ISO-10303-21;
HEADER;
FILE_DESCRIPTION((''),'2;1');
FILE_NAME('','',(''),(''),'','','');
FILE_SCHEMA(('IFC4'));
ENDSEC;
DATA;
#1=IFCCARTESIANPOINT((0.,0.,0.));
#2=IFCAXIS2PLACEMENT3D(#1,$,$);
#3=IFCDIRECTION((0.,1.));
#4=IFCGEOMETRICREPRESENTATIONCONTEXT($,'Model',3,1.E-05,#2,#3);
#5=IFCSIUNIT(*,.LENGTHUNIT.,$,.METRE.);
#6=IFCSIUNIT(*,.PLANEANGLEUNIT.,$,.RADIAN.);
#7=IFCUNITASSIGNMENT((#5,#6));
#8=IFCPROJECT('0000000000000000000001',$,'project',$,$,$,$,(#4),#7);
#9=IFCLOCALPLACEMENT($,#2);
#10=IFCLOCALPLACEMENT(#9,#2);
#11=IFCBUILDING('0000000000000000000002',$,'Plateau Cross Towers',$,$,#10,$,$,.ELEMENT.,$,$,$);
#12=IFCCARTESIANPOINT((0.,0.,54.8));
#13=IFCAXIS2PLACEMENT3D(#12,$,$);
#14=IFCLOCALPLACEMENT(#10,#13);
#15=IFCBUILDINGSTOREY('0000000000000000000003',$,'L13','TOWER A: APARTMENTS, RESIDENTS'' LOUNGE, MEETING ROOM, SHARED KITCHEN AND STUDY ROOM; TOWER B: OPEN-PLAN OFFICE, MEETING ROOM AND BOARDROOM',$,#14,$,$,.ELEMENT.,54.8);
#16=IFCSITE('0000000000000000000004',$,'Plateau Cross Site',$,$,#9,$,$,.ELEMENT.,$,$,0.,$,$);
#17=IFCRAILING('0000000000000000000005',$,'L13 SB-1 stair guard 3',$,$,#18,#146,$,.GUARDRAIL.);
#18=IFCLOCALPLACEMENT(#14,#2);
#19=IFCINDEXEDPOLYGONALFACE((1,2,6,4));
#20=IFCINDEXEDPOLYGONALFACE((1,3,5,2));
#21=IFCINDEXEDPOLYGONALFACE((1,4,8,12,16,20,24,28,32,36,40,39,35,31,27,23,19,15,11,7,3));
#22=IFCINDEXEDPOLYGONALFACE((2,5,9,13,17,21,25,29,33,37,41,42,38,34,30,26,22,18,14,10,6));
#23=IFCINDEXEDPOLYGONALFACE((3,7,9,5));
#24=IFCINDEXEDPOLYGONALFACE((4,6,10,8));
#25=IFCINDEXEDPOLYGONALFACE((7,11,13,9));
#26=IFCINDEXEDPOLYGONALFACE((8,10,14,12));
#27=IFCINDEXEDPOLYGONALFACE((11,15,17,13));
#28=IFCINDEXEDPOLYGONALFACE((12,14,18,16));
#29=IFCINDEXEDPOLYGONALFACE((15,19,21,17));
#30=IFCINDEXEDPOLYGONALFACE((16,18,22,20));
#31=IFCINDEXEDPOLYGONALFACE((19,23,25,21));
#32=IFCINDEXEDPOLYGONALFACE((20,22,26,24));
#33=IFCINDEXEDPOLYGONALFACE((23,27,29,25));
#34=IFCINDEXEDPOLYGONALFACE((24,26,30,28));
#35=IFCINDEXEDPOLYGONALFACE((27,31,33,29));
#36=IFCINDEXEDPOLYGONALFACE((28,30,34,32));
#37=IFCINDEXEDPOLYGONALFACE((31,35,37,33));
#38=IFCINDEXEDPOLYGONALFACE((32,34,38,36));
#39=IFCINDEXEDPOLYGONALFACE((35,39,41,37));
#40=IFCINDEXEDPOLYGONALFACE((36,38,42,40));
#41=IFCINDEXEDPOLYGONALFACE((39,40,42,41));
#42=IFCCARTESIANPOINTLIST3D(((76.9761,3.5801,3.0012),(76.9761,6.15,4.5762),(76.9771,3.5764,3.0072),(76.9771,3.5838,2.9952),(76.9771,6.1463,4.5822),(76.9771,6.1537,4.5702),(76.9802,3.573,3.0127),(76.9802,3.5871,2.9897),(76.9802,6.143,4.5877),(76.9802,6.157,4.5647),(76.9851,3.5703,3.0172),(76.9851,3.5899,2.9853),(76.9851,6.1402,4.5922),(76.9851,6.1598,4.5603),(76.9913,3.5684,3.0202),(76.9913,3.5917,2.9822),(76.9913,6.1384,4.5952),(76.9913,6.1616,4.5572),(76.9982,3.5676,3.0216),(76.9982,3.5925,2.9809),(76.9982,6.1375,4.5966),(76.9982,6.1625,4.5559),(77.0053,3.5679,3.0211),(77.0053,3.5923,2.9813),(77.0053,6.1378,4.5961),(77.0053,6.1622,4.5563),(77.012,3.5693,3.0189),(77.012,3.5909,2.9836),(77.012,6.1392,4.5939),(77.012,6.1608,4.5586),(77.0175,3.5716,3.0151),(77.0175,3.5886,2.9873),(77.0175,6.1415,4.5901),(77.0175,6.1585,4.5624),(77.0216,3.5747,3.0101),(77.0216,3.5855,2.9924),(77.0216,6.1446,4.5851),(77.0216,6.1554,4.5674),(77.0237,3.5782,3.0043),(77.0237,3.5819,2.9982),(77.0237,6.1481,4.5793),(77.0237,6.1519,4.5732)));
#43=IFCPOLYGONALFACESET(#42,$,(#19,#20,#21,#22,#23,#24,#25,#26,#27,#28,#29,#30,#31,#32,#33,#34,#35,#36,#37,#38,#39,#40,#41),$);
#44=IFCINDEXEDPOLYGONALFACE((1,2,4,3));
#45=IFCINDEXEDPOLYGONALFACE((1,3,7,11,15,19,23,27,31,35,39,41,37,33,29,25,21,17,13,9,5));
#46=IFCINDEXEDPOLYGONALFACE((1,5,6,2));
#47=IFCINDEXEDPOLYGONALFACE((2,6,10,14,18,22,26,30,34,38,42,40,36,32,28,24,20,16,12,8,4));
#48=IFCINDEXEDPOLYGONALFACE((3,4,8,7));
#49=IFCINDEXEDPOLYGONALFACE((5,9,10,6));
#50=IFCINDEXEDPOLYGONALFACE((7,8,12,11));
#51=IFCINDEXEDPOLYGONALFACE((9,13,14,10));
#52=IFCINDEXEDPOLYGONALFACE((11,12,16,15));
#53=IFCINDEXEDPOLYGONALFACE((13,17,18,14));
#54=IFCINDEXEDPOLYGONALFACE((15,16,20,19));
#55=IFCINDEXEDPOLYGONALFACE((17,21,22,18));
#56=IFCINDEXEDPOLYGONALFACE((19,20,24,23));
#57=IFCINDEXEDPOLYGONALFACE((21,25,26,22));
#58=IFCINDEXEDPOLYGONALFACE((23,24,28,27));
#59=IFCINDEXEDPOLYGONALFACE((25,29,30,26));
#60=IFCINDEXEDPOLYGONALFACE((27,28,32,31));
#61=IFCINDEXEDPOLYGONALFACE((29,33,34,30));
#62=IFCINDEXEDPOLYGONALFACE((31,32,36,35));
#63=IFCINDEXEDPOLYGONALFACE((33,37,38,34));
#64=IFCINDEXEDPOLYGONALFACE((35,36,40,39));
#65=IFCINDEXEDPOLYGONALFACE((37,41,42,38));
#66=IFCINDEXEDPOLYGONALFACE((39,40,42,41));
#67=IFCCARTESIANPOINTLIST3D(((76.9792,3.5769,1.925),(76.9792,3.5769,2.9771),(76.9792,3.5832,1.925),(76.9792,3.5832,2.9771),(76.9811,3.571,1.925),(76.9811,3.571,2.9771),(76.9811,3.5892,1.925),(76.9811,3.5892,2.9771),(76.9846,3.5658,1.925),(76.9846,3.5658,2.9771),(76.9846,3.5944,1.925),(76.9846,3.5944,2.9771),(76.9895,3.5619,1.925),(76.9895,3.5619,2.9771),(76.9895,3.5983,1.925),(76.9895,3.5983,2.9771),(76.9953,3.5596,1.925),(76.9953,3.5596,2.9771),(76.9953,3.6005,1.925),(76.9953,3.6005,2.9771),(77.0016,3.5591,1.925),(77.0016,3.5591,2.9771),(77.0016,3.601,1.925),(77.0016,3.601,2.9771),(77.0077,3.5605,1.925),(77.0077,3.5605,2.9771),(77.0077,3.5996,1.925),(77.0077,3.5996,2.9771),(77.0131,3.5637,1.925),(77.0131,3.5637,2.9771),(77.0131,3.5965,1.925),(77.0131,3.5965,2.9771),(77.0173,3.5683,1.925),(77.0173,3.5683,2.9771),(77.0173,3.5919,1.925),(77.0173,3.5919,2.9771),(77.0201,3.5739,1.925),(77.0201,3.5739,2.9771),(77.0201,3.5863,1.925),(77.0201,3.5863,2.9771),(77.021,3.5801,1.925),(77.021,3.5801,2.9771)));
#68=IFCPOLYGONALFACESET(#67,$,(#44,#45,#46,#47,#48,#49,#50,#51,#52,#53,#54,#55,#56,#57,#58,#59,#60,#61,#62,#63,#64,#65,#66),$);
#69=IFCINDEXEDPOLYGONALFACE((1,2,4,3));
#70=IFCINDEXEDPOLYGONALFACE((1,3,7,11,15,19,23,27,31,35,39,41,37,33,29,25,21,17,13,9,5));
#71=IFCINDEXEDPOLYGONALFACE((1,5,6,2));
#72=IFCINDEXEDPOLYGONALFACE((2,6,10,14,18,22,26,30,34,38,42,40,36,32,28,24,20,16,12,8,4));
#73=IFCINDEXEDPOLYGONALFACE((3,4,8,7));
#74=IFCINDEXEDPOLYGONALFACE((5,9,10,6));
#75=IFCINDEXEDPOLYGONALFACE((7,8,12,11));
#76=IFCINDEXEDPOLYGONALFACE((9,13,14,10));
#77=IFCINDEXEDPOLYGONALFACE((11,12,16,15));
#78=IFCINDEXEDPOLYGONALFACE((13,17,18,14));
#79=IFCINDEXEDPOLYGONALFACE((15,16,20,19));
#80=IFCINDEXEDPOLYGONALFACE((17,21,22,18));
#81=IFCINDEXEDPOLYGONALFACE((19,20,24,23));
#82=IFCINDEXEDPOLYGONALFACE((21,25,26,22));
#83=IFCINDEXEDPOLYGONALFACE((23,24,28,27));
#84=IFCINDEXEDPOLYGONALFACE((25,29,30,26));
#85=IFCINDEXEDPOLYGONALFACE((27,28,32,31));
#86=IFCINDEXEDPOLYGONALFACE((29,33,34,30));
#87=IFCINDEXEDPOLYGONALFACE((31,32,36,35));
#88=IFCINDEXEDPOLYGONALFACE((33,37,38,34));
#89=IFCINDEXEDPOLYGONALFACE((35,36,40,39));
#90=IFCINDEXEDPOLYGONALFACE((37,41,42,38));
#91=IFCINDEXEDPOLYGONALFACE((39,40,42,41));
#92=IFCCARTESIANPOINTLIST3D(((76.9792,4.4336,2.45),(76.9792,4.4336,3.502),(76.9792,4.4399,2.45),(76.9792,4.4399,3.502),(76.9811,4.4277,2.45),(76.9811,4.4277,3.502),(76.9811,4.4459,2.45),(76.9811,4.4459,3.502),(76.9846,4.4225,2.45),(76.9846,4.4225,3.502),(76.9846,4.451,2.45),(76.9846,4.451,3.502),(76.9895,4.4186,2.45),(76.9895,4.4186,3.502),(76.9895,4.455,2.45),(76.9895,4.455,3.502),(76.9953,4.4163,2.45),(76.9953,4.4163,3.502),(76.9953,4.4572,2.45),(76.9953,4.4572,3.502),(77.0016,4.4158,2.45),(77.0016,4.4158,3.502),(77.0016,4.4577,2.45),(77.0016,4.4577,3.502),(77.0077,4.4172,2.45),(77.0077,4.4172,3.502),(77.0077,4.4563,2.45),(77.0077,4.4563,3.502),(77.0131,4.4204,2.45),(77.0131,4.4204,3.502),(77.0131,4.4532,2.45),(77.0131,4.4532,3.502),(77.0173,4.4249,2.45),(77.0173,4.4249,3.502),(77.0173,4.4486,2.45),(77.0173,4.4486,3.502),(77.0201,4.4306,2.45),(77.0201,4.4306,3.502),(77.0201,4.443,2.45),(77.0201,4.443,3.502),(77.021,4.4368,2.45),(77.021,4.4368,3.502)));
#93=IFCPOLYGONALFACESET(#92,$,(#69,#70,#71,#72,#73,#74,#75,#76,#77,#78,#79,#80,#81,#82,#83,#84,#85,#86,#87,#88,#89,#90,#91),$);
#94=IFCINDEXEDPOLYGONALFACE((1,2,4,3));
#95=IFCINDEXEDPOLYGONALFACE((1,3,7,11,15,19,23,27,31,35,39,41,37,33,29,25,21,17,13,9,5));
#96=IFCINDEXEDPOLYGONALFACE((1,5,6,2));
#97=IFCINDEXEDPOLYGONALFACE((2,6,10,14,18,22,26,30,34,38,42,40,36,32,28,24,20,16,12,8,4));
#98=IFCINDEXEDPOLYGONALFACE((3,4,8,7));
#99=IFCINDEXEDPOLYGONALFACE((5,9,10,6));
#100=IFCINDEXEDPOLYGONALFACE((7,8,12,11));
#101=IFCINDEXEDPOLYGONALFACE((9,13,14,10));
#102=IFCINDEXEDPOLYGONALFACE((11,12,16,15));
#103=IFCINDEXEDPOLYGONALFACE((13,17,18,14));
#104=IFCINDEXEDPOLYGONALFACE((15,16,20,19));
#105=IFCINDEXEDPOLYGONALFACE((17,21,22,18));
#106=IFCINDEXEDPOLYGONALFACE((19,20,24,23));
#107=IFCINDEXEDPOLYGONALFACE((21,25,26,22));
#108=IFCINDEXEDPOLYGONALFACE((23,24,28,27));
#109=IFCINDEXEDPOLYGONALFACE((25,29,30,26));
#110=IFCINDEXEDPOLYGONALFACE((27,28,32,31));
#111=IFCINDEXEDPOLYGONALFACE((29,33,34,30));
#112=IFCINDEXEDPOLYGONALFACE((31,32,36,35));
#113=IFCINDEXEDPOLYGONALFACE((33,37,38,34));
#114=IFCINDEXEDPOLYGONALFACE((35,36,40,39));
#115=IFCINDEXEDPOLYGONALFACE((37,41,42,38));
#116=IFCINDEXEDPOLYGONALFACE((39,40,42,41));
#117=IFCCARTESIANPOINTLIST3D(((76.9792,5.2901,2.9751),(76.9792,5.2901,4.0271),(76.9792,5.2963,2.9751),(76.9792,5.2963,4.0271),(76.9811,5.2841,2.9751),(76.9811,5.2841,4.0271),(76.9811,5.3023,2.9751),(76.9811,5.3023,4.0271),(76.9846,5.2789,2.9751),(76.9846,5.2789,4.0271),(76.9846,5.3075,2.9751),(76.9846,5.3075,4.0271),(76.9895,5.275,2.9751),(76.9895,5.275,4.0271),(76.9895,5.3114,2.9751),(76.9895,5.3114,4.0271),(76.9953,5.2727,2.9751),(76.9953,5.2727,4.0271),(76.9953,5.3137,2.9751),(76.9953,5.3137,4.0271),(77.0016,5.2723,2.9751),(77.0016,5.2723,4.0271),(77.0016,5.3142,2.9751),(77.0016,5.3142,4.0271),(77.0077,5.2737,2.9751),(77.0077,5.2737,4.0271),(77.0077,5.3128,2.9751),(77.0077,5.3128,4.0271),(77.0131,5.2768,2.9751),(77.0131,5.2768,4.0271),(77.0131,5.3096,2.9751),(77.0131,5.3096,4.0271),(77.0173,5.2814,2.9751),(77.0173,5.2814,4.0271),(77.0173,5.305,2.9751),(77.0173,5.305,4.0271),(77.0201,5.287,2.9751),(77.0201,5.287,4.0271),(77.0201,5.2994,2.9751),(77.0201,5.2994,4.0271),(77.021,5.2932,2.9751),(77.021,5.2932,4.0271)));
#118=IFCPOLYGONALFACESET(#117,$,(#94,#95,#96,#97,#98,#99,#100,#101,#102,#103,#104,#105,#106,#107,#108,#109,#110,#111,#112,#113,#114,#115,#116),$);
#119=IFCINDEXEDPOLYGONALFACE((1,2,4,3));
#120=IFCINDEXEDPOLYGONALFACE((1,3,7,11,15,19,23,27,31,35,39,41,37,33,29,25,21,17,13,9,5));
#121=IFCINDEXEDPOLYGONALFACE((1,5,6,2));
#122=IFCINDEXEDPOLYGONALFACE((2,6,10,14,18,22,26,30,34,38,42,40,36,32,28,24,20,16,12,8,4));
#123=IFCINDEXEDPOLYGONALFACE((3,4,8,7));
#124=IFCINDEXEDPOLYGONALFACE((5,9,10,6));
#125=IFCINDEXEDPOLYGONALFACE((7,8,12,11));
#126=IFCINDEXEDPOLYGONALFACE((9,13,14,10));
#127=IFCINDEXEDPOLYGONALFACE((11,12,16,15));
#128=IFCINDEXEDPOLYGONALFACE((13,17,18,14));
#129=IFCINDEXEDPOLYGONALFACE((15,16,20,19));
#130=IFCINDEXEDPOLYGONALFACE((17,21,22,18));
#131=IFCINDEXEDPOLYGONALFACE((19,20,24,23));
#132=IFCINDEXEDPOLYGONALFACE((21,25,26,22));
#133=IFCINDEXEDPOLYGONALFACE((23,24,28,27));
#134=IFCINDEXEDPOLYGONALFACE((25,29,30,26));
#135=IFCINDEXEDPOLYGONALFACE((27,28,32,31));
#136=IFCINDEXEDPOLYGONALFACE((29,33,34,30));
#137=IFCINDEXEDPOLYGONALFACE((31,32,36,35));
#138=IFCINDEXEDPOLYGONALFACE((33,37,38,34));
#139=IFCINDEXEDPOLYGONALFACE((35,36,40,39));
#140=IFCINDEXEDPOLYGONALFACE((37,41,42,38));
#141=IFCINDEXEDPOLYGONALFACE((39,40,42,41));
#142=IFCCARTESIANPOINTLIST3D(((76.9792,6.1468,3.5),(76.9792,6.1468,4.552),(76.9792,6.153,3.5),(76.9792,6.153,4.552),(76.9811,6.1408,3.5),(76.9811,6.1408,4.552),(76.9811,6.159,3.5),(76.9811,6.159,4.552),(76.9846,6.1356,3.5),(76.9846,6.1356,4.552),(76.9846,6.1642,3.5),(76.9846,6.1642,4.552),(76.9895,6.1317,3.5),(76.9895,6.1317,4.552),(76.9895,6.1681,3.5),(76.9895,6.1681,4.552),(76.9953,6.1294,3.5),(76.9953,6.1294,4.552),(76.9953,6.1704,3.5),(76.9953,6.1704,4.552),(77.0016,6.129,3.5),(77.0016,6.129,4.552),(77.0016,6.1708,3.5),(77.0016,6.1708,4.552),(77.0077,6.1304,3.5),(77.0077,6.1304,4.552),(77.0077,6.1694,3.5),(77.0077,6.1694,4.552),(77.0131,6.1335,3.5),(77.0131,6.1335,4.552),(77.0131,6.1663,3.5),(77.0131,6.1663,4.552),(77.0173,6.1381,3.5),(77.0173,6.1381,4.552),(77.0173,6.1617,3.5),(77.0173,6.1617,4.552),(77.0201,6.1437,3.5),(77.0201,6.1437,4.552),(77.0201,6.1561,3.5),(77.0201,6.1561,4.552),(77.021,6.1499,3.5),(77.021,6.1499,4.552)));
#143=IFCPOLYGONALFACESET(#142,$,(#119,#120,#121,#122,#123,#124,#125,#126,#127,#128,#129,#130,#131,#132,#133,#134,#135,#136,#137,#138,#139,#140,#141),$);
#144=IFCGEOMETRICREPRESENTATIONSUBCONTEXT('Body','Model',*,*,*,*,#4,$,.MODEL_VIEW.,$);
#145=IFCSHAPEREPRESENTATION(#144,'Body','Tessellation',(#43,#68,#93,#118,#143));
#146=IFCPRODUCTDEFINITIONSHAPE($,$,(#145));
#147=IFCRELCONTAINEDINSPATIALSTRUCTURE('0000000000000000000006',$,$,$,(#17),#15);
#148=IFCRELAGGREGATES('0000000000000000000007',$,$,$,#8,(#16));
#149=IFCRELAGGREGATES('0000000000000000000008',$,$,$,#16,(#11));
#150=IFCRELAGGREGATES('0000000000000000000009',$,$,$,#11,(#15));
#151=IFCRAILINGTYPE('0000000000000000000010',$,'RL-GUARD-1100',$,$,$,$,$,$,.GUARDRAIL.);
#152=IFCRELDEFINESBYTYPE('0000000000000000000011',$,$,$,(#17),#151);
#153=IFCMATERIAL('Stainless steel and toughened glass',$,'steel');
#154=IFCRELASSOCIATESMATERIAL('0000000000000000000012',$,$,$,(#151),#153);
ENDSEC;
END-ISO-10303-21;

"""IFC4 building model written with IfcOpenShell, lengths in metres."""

from ifc_helpers import new_model, si_unit, direction, frame, origin, origin_2d, place, context, subcontext, project, spatial, circle, extrude, material, type_object, element, save


model = new_model("IFC4")

# Units and contexts
model_context = context("Model", 3, precision=1e-05, world=origin(), true_north=direction((0.0, 1.0)))
body_context = subcontext(model_context, "Body", "Model", "MODEL_VIEW")
ifc_project = project(units=[si_unit("LENGTHUNIT", "METRE"), si_unit("PLANEANGLEUNIT", "RADIAN")], contexts=[model_context])

# Site, building, storey
site_placement = place(None, origin())
site = spatial("IfcSite", under=ifc_project, at=site_placement, Name="Plateau Cross Site", CompositionType="ELEMENT", RefElevation=0.0)
building_placement = place(site_placement, origin())
building = spatial("IfcBuilding", under=site, at=building_placement, Name="Plateau Cross Towers", CompositionType="ELEMENT")
storey_placement = place(building_placement, frame((0.0, 0.0, 54.8)))
storey = spatial("IfcBuildingStorey", under=building, at=storey_placement, Name="L13", Description="TOWER A: APARTMENTS, RESIDENTS' LOUNGE, MEETING ROOM, SHARED KITCHEN AND STUDY ROOM; TOWER B: OPEN-PLAN OFFICE, MEETING ROOM AND BOARDROOM", CompositionType="ELEMENT", Elevation=54.8)

# Railing
ifc_material_1 = material(Name="Stainless steel and toughened glass", Category="steel")
railing_type_1 = type_object("IfcRailingType", Name="RL-GUARD-1100", PredefinedType="GUARDRAIL", material=ifc_material_1)
railing_1_placement = place(storey_placement, frame((77.0, 3.5801, 1.925)))
element("IfcRailing", 1, at=railing_1_placement, inside=storey, type_object=railing_type_1, Name="L13 SB-1 stair guard 3", PredefinedType="GUARDRAIL", context=body_context, shape_type="SweptSolid", body=[
    extrude(circle(Radius=0.0239, at=origin_2d()), frame((0.0, 0.0, 1.0762), z_axis=(0.0, 0.852616, 0.522537), x_axis=(-1.0, 0.0, 0.0)), (0.0, 0.0, 1.0), 3.0142),
    extrude(circle(Radius=0.021, at=origin_2d()), origin(), (0.0, 0.0, 1.0), 1.052),
    extrude(circle(Radius=0.021, at=origin_2d()), frame((0.0, 0.8567, 0.5249)), (0.0, 0.0, 1.0), 1.052),
    extrude(circle(Radius=0.021, at=origin_2d()), frame((0.0, 1.7131, 1.05)), (0.0, 0.0, 1.0), 1.052),
    extrude(circle(Radius=0.021, at=origin_2d()), frame((0.0, 2.5698, 1.575)), (0.0, 0.0, 1.0), 1.052),
])

save(model, "model.ifc")
